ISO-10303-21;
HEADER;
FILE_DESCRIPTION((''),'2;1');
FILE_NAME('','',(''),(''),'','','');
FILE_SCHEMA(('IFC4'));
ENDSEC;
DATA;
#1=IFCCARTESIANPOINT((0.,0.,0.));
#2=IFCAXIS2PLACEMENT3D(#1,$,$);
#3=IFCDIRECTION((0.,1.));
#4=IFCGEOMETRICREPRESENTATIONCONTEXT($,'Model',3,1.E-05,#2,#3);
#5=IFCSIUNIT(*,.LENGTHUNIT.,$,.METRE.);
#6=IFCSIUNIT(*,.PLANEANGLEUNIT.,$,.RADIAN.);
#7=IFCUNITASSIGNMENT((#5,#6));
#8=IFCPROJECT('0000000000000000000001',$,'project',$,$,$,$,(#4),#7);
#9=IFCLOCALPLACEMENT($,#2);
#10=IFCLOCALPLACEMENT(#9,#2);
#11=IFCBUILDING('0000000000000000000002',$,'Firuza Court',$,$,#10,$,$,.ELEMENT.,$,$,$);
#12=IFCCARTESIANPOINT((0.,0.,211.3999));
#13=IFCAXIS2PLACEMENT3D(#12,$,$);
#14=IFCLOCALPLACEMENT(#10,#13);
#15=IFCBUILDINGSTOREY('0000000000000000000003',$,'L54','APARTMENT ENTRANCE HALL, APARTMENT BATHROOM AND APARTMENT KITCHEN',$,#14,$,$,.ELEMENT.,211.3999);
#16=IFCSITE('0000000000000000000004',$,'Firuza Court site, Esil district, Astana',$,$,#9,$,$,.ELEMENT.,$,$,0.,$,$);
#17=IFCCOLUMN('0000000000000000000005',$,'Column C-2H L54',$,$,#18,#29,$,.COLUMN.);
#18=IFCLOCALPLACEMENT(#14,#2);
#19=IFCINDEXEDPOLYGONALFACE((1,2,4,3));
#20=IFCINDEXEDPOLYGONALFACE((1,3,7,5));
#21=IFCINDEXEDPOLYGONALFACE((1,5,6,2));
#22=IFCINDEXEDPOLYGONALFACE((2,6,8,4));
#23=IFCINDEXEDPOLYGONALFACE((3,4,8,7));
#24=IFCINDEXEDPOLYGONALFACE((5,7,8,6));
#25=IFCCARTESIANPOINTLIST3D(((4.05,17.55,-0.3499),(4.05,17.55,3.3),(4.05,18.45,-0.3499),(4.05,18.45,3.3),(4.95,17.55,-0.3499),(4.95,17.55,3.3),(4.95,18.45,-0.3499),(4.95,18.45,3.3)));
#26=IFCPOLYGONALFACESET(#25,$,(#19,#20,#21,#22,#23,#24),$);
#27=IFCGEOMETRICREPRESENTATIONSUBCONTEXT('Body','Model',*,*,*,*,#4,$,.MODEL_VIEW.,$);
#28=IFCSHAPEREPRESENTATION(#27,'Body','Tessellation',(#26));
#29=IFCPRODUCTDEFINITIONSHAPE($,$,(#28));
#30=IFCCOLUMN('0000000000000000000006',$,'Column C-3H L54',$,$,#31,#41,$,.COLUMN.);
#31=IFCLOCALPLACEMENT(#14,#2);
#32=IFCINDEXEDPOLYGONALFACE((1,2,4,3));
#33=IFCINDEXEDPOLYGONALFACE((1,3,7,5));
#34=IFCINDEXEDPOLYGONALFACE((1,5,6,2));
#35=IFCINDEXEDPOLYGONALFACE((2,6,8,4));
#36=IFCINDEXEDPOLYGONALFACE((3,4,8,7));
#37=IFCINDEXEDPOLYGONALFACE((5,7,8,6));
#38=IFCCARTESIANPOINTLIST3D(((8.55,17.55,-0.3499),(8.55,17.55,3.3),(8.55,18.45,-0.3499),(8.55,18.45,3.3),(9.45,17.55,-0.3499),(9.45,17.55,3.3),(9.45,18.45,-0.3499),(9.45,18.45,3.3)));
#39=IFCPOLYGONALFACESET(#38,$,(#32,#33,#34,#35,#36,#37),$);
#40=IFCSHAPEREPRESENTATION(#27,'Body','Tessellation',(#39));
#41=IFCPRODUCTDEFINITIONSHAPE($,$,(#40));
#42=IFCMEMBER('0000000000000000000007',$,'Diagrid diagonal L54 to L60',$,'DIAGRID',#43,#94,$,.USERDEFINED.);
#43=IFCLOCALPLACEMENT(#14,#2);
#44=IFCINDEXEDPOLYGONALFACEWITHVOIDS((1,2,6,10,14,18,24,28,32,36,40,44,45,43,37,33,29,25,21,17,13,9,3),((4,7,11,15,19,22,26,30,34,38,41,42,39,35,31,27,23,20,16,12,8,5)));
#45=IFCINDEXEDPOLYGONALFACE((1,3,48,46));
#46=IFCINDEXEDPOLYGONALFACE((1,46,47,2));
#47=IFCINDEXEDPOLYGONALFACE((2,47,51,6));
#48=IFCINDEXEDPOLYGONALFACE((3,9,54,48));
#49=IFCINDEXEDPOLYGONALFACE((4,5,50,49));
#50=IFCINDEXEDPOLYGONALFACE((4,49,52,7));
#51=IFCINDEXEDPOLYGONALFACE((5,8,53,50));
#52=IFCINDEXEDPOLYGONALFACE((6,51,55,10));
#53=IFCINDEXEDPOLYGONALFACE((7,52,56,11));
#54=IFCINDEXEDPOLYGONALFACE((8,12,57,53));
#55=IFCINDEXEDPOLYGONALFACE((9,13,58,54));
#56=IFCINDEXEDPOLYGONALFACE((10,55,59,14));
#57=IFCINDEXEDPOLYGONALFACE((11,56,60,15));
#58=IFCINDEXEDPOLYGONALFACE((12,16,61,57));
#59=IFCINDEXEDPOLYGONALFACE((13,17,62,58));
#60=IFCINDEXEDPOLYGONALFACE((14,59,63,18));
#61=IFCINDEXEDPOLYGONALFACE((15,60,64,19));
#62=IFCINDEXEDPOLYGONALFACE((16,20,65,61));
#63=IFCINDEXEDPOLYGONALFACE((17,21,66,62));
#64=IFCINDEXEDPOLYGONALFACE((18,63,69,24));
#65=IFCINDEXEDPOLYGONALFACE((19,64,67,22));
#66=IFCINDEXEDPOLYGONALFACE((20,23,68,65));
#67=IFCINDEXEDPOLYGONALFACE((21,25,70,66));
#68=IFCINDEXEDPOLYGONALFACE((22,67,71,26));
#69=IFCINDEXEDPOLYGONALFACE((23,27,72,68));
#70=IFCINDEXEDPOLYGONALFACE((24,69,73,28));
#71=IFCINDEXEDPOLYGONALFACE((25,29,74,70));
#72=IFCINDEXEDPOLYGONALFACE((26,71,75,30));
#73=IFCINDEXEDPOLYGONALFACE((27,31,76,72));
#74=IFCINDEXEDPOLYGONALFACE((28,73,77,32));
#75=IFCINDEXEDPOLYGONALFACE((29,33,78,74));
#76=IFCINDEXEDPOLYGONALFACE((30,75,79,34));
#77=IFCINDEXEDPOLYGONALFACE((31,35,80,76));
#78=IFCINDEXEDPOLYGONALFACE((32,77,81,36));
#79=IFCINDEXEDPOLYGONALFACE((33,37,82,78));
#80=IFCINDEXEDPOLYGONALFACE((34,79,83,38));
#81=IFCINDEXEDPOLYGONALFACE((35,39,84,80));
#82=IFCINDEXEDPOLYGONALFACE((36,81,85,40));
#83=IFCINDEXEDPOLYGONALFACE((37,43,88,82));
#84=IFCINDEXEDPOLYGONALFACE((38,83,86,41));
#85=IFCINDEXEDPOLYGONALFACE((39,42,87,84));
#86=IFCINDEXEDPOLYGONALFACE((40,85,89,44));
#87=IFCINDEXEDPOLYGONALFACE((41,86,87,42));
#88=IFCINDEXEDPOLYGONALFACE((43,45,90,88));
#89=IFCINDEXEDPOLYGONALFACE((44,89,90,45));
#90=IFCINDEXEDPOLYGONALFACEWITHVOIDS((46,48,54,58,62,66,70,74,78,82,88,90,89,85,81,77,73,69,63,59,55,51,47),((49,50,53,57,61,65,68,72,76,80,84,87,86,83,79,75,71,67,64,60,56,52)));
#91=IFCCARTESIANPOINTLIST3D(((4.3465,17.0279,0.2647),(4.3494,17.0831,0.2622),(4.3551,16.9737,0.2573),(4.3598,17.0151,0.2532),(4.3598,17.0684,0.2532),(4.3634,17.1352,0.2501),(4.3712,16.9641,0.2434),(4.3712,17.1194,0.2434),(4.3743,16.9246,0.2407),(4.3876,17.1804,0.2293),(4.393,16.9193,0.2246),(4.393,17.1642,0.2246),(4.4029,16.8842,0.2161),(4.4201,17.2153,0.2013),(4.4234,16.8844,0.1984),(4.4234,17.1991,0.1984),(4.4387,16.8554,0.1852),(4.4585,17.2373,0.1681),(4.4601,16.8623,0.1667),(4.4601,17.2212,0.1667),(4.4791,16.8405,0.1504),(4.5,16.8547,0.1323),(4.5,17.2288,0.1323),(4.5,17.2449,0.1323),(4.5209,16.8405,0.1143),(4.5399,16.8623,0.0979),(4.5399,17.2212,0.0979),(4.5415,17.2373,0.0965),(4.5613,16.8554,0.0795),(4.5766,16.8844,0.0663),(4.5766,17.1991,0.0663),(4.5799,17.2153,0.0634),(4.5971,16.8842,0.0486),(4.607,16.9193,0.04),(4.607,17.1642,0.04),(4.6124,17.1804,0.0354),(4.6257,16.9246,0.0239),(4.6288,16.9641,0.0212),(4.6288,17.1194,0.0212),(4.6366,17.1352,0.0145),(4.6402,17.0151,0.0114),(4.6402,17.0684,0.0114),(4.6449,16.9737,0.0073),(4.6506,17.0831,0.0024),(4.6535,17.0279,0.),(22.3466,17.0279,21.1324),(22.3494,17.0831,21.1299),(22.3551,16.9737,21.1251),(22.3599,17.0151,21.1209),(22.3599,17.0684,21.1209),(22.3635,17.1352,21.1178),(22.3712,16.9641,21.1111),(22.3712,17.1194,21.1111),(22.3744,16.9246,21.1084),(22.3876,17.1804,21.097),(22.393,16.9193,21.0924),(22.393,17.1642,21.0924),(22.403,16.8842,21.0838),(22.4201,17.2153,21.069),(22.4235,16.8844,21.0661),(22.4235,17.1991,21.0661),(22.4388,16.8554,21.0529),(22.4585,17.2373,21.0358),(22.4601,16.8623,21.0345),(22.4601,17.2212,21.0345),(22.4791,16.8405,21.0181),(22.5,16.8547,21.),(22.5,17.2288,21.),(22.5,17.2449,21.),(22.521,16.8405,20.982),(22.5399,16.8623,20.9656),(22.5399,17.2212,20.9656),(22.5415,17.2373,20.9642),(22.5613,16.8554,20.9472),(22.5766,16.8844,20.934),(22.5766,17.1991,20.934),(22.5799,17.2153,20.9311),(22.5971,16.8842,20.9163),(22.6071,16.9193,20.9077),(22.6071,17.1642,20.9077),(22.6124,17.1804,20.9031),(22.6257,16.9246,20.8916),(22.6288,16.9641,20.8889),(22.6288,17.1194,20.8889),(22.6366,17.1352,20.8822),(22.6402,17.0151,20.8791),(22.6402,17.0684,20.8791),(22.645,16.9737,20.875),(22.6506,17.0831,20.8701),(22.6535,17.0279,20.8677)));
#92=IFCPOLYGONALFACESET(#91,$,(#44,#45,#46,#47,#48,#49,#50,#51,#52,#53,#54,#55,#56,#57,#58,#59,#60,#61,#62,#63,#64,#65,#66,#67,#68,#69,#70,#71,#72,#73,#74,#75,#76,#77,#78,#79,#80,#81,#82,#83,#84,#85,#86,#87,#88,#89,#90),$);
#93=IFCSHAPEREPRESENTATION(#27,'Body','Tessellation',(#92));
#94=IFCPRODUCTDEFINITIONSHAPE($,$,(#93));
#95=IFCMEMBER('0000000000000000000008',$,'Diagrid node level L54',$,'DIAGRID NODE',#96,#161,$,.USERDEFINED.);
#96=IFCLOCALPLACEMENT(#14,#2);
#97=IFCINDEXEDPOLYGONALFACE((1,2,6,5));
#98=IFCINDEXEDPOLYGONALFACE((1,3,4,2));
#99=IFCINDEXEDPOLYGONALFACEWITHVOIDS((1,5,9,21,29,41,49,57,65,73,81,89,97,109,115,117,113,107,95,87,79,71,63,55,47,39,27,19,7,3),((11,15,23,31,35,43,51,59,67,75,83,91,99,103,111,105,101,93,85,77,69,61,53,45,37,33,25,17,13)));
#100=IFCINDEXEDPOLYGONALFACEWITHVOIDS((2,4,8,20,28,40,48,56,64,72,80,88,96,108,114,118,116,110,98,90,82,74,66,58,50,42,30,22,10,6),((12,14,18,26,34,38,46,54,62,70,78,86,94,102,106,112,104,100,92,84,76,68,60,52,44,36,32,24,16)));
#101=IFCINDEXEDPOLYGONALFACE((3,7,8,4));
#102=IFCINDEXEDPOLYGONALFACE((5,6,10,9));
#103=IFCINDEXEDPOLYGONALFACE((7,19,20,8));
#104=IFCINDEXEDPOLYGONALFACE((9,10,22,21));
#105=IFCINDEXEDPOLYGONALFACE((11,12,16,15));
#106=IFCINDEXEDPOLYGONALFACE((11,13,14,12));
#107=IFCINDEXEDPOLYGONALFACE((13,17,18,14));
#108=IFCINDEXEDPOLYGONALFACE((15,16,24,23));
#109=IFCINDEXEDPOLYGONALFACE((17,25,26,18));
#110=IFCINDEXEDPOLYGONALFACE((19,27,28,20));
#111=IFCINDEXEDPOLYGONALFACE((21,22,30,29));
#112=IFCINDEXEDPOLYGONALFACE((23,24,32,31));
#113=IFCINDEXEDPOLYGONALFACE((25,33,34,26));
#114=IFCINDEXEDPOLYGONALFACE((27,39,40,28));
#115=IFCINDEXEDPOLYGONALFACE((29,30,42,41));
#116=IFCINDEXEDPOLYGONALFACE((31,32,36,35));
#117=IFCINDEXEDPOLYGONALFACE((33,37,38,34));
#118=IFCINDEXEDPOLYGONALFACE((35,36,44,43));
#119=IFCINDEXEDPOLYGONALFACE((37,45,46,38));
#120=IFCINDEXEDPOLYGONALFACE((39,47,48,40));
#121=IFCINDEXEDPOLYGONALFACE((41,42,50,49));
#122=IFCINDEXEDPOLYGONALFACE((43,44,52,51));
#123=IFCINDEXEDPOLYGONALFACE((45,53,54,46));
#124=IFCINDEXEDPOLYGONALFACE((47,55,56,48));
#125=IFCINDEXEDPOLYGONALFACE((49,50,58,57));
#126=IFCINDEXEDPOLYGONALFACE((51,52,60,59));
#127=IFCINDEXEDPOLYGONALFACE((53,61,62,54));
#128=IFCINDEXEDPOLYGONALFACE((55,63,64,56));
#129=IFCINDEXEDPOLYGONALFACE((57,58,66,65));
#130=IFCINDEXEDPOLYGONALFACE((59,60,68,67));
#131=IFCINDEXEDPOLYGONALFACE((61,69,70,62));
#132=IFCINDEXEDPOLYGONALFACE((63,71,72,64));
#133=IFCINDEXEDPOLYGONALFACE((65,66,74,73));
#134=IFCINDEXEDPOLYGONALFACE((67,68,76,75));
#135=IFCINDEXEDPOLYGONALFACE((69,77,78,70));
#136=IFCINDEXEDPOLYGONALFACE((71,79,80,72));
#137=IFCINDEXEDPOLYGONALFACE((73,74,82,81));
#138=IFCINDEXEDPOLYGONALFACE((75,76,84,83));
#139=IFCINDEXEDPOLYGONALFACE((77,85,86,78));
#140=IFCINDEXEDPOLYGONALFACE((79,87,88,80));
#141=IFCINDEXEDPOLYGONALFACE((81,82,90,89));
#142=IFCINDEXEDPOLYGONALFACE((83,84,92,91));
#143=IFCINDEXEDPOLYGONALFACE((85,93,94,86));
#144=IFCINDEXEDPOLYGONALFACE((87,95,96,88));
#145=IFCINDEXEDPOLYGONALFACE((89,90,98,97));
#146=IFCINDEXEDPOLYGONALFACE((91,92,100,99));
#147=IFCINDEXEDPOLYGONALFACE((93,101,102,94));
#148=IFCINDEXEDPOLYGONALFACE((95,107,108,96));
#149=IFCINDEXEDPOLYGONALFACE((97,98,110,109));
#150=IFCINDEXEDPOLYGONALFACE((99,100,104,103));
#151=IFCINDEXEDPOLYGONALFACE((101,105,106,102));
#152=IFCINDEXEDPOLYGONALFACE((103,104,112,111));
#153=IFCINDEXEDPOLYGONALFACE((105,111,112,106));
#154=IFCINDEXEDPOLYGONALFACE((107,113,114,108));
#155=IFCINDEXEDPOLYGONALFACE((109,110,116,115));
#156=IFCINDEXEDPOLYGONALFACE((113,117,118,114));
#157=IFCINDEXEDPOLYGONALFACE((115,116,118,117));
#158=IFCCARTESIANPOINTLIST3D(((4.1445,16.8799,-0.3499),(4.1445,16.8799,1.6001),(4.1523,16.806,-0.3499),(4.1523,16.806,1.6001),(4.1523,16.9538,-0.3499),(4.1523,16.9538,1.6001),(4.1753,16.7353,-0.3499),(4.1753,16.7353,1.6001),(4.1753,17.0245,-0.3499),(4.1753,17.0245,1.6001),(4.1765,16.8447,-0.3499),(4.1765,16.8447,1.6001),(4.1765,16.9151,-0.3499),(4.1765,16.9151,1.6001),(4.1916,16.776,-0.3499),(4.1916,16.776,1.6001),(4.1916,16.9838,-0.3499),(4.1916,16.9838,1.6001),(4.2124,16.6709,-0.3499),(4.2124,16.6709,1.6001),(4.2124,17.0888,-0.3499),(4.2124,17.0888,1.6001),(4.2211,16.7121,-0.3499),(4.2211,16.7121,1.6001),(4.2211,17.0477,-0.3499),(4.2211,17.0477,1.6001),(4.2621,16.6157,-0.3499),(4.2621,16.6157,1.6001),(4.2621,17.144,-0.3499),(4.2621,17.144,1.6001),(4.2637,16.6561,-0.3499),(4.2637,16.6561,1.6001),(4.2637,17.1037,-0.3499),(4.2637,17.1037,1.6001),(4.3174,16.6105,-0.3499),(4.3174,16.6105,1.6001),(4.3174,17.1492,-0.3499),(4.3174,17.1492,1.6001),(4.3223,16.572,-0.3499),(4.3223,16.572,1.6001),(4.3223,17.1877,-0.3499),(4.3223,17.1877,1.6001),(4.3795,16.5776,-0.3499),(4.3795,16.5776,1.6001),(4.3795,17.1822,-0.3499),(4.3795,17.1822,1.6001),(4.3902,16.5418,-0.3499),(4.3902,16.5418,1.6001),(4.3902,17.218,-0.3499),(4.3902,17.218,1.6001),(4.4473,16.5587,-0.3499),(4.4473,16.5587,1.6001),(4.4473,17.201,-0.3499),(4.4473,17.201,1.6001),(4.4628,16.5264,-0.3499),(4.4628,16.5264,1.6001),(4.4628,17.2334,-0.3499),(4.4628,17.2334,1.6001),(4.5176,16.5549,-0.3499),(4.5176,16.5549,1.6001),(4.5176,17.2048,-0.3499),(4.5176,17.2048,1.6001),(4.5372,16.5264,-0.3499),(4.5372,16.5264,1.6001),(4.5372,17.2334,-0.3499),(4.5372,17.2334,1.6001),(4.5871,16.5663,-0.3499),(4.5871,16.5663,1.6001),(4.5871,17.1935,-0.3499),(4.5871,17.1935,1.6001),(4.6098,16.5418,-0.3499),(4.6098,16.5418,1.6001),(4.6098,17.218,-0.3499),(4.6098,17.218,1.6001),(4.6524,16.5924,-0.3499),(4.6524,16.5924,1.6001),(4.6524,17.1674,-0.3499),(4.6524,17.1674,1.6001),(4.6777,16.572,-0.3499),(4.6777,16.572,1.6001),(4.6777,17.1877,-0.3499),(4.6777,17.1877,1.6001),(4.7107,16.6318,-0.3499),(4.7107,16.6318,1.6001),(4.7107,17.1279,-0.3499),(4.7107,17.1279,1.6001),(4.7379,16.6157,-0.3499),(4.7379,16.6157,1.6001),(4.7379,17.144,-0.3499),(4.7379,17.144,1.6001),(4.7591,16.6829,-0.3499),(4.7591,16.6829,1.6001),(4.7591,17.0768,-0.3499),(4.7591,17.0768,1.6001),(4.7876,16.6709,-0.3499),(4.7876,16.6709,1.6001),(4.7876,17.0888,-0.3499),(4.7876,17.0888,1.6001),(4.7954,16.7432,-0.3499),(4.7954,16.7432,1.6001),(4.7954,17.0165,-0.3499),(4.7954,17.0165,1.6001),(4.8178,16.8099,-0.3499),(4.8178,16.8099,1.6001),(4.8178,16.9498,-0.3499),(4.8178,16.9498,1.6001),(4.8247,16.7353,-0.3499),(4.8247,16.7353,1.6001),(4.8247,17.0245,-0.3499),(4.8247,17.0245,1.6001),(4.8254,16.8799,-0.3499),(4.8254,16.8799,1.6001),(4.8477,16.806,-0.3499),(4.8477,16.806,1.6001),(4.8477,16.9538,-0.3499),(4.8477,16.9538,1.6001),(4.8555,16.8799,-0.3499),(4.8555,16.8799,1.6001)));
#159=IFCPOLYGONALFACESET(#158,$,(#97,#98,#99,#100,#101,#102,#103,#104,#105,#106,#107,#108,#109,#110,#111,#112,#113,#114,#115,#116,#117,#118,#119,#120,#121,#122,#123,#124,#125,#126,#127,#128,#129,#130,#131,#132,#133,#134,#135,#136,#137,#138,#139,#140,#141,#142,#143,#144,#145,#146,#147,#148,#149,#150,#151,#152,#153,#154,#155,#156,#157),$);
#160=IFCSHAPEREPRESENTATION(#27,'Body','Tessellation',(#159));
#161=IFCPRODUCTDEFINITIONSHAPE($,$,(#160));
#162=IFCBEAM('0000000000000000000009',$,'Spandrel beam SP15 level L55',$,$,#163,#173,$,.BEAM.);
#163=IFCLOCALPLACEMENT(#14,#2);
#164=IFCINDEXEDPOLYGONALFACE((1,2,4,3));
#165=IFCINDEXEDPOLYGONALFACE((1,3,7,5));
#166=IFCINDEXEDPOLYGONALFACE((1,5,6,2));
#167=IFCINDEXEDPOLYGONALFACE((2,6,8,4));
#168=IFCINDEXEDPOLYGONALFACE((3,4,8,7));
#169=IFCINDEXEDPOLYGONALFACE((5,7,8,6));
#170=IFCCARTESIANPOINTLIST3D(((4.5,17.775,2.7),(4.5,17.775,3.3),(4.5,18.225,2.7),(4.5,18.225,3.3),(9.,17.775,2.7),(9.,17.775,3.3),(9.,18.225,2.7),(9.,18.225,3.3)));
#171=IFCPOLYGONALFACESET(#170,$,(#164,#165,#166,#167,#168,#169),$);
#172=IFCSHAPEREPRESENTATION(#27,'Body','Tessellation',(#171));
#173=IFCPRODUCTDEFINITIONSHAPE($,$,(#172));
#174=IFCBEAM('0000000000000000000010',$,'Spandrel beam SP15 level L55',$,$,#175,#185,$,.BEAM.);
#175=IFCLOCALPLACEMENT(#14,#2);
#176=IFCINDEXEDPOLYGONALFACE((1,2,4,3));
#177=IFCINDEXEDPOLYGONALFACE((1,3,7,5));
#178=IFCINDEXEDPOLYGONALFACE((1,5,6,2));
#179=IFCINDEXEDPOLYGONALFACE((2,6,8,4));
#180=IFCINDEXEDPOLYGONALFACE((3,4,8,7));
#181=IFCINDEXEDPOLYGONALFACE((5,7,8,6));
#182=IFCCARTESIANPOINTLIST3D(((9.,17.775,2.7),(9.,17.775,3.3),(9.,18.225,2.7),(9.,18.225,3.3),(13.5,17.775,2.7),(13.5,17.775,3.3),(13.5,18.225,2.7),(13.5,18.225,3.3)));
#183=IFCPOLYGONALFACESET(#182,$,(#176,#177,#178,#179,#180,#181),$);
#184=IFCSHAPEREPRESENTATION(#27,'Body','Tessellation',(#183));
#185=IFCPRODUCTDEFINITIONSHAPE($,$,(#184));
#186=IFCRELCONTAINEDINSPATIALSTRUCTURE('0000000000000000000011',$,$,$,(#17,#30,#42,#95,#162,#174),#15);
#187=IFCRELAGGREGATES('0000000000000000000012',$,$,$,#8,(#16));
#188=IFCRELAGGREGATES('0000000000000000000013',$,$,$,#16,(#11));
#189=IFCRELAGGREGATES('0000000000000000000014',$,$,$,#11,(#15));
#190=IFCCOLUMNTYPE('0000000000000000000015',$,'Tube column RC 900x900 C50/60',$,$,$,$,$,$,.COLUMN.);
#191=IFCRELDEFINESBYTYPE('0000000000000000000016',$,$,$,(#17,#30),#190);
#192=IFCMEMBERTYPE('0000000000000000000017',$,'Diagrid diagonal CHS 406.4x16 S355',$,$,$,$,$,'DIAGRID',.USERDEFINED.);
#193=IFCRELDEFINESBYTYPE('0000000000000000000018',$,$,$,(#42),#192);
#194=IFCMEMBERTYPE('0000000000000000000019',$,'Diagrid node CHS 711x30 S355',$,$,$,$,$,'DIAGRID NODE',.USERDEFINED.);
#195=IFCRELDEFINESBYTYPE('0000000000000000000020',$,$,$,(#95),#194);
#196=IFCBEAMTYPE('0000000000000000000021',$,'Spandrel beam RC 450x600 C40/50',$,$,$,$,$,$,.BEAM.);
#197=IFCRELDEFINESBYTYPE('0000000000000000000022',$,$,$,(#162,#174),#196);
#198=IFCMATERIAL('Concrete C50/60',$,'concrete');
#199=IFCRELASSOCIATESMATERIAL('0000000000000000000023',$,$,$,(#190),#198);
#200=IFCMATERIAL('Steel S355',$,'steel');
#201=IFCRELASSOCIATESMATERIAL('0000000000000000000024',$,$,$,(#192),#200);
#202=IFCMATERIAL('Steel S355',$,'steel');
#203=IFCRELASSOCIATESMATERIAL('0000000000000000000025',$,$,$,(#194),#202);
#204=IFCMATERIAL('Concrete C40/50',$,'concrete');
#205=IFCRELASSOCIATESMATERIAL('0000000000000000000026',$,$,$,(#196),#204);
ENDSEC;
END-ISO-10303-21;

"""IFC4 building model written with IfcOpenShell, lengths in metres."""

from ifc_helpers import new_model, si_unit, direction, frame, origin, origin_2d, place, context, subcontext, project, spatial, rectangle, hollow_circle, extrude, material, material_profile, profile_set, type_object, element, save


model = new_model("IFC4")

# Units and contexts
model_context = context("Model", 3, precision=1e-05, world=origin(), true_north=direction((0.0, 1.0)))
body_context = subcontext(model_context, "Body", "Model", "MODEL_VIEW")
ifc_project = project(units=[si_unit("LENGTHUNIT", "METRE"), si_unit("PLANEANGLEUNIT", "RADIAN")], contexts=[model_context])

# Site, building, storey
site_placement = place(None, origin())
site = spatial("IfcSite", under=ifc_project, at=site_placement, Name="Firuza Court site, Esil district, Astana", CompositionType="ELEMENT", RefElevation=0.0)
building_placement = place(site_placement, origin())
building = spatial("IfcBuilding", under=site, at=building_placement, Name="Firuza Court", CompositionType="ELEMENT")
storey_placement = place(building_placement, frame((0.0, 0.0, 211.3999)))
storey = spatial("IfcBuildingStorey", under=building, at=storey_placement, Name="L54", Description="APARTMENT ENTRANCE HALL, APARTMENT BATHROOM AND APARTMENT KITCHEN", CompositionType="ELEMENT", Elevation=211.3999)

# Columns
ifc_material_1 = material(Name="Concrete C50/60", Category="concrete")
ifc_material_profile_1 = material_profile(ifc_material_1, rectangle(XDim=0.8999, YDim=0.8999, at=origin_2d()), Name="RC 900x900")
ifc_profile_set_1 = profile_set([ifc_material_profile_1], Name="Concrete C50/60")
column_type = type_object("IfcColumnType", Name="Tube column RC 900x900 C50/60", PredefinedType="COLUMN", material=ifc_profile_set_1)
for number, where, z_axis, x_axis, name in (
    (1, (4.5, 18.0, -0.3499), (0.0, 0.0, 1.0), (1.0, 0.0, 0.0), "Column C-2H L54"),
    (2, (9.0, 18.0, -0.3499), (0.0, 0.0, 1.0), (1.0, 0.0, 0.0), "Column C-3H L54"),
):
    element("IfcColumn", number, at=place(storey_placement, frame(where, z_axis=z_axis, x_axis=x_axis)), inside=storey, type_object=column_type, Name=name, PredefinedType="COLUMN", context=body_context, shape_type="SweptSolid", body=[
        extrude(rectangle(XDim=0.8999, YDim=0.8999, at=origin_2d()), origin(), (0.0, 0.0, 1.0), 3.6499),
    ])

# Members
ifc_material_2 = material(Name="Steel S355", Category="steel")
ifc_material_profile_2 = material_profile(ifc_material_2, hollow_circle(Radius=0.2031, WallThickness=0.0161, at=origin_2d()), Name="CHS 406.4x16")
ifc_profile_set_2 = profile_set([ifc_material_profile_2], Name="Steel S355")
member_type_1 = type_object("IfcMemberType", Name="Diagrid diagonal CHS 406.4x16 S355", ElementType="DIAGRID", PredefinedType="USERDEFINED", material=ifc_profile_set_2)
member_1_placement = place(storey_placement, frame((4.5, 17.0417, 0.1323), z_axis=(0.653161, 0.0, 0.757219), x_axis=(0.0, 1.0, 0.0)))
element("IfcMember", 3, at=member_1_placement, inside=storey, type_object=member_type_1, Name="Diagrid diagonal L54 to L60", ObjectType="DIAGRID", PredefinedType="USERDEFINED", context=body_context, shape_type="SweptSolid", body=[
    extrude(hollow_circle(Radius=0.2031, WallThickness=0.0161, at=origin_2d()), origin(), (0.0, 0.0, 1.0), 27.5583),
])
ifc_material_3 = material(Name="Steel S355", Category="steel")
ifc_material_profile_3 = material_profile(ifc_material_3, hollow_circle(Radius=0.3555, WallThickness=0.03, at=origin_2d()), Name="CHS 711x30")
ifc_profile_set_3 = profile_set([ifc_material_profile_3], Name="Steel S355")
member_type_2 = type_object("IfcMemberType", Name="Diagrid node CHS 711x30 S355", ElementType="DIAGRID NODE", PredefinedType="USERDEFINED", material=ifc_profile_set_3)
member_2_placement = place(storey_placement, frame((4.5, 16.8799, -0.3499), z_axis=(0.0, 0.0, 1.0), x_axis=(1.0, 0.0, 0.0)))
element("IfcMember", 4, at=member_2_placement, inside=storey, type_object=member_type_2, Name="Diagrid node level L54", ObjectType="DIAGRID NODE", PredefinedType="USERDEFINED", context=body_context, shape_type="SweptSolid", body=[
    extrude(hollow_circle(Radius=0.3555, WallThickness=0.03, at=origin_2d()), origin(), (0.0, 0.0, 1.0), 1.95),
])

# Beams
ifc_material_4 = material(Name="Concrete C40/50", Category="concrete")
ifc_material_profile_4 = material_profile(ifc_material_4, rectangle(XDim=0.45, YDim=0.6001, at=origin_2d()), Name="RC 450x600")
ifc_profile_set_4 = profile_set([ifc_material_profile_4], Name="Concrete C40/50")
beam_type = type_object("IfcBeamType", Name="Spandrel beam RC 450x600 C40/50", PredefinedType="BEAM", material=ifc_profile_set_4)
for number, where, z_axis, x_axis, name in (
    (5, (4.5, 18.0, 3.0), (1.0, 0.0, 0.0), (0.0, 1.0, 0.0), "Spandrel beam SP15 level L55"),
    (6, (9.0, 18.0, 3.0), (1.0, 0.0, 0.0), (0.0, 1.0, 0.0), "Spandrel beam SP15 level L55"),
):
    element("IfcBeam", number, at=place(storey_placement, frame(where, z_axis=z_axis, x_axis=x_axis)), inside=storey, type_object=beam_type, Name=name, PredefinedType="BEAM", context=body_context, shape_type="SweptSolid", body=[
        extrude(rectangle(XDim=0.45, YDim=0.6001, at=origin_2d()), origin(), (0.0, 0.0, 1.0), 4.5),
    ])

save(model, "model.ifc")
